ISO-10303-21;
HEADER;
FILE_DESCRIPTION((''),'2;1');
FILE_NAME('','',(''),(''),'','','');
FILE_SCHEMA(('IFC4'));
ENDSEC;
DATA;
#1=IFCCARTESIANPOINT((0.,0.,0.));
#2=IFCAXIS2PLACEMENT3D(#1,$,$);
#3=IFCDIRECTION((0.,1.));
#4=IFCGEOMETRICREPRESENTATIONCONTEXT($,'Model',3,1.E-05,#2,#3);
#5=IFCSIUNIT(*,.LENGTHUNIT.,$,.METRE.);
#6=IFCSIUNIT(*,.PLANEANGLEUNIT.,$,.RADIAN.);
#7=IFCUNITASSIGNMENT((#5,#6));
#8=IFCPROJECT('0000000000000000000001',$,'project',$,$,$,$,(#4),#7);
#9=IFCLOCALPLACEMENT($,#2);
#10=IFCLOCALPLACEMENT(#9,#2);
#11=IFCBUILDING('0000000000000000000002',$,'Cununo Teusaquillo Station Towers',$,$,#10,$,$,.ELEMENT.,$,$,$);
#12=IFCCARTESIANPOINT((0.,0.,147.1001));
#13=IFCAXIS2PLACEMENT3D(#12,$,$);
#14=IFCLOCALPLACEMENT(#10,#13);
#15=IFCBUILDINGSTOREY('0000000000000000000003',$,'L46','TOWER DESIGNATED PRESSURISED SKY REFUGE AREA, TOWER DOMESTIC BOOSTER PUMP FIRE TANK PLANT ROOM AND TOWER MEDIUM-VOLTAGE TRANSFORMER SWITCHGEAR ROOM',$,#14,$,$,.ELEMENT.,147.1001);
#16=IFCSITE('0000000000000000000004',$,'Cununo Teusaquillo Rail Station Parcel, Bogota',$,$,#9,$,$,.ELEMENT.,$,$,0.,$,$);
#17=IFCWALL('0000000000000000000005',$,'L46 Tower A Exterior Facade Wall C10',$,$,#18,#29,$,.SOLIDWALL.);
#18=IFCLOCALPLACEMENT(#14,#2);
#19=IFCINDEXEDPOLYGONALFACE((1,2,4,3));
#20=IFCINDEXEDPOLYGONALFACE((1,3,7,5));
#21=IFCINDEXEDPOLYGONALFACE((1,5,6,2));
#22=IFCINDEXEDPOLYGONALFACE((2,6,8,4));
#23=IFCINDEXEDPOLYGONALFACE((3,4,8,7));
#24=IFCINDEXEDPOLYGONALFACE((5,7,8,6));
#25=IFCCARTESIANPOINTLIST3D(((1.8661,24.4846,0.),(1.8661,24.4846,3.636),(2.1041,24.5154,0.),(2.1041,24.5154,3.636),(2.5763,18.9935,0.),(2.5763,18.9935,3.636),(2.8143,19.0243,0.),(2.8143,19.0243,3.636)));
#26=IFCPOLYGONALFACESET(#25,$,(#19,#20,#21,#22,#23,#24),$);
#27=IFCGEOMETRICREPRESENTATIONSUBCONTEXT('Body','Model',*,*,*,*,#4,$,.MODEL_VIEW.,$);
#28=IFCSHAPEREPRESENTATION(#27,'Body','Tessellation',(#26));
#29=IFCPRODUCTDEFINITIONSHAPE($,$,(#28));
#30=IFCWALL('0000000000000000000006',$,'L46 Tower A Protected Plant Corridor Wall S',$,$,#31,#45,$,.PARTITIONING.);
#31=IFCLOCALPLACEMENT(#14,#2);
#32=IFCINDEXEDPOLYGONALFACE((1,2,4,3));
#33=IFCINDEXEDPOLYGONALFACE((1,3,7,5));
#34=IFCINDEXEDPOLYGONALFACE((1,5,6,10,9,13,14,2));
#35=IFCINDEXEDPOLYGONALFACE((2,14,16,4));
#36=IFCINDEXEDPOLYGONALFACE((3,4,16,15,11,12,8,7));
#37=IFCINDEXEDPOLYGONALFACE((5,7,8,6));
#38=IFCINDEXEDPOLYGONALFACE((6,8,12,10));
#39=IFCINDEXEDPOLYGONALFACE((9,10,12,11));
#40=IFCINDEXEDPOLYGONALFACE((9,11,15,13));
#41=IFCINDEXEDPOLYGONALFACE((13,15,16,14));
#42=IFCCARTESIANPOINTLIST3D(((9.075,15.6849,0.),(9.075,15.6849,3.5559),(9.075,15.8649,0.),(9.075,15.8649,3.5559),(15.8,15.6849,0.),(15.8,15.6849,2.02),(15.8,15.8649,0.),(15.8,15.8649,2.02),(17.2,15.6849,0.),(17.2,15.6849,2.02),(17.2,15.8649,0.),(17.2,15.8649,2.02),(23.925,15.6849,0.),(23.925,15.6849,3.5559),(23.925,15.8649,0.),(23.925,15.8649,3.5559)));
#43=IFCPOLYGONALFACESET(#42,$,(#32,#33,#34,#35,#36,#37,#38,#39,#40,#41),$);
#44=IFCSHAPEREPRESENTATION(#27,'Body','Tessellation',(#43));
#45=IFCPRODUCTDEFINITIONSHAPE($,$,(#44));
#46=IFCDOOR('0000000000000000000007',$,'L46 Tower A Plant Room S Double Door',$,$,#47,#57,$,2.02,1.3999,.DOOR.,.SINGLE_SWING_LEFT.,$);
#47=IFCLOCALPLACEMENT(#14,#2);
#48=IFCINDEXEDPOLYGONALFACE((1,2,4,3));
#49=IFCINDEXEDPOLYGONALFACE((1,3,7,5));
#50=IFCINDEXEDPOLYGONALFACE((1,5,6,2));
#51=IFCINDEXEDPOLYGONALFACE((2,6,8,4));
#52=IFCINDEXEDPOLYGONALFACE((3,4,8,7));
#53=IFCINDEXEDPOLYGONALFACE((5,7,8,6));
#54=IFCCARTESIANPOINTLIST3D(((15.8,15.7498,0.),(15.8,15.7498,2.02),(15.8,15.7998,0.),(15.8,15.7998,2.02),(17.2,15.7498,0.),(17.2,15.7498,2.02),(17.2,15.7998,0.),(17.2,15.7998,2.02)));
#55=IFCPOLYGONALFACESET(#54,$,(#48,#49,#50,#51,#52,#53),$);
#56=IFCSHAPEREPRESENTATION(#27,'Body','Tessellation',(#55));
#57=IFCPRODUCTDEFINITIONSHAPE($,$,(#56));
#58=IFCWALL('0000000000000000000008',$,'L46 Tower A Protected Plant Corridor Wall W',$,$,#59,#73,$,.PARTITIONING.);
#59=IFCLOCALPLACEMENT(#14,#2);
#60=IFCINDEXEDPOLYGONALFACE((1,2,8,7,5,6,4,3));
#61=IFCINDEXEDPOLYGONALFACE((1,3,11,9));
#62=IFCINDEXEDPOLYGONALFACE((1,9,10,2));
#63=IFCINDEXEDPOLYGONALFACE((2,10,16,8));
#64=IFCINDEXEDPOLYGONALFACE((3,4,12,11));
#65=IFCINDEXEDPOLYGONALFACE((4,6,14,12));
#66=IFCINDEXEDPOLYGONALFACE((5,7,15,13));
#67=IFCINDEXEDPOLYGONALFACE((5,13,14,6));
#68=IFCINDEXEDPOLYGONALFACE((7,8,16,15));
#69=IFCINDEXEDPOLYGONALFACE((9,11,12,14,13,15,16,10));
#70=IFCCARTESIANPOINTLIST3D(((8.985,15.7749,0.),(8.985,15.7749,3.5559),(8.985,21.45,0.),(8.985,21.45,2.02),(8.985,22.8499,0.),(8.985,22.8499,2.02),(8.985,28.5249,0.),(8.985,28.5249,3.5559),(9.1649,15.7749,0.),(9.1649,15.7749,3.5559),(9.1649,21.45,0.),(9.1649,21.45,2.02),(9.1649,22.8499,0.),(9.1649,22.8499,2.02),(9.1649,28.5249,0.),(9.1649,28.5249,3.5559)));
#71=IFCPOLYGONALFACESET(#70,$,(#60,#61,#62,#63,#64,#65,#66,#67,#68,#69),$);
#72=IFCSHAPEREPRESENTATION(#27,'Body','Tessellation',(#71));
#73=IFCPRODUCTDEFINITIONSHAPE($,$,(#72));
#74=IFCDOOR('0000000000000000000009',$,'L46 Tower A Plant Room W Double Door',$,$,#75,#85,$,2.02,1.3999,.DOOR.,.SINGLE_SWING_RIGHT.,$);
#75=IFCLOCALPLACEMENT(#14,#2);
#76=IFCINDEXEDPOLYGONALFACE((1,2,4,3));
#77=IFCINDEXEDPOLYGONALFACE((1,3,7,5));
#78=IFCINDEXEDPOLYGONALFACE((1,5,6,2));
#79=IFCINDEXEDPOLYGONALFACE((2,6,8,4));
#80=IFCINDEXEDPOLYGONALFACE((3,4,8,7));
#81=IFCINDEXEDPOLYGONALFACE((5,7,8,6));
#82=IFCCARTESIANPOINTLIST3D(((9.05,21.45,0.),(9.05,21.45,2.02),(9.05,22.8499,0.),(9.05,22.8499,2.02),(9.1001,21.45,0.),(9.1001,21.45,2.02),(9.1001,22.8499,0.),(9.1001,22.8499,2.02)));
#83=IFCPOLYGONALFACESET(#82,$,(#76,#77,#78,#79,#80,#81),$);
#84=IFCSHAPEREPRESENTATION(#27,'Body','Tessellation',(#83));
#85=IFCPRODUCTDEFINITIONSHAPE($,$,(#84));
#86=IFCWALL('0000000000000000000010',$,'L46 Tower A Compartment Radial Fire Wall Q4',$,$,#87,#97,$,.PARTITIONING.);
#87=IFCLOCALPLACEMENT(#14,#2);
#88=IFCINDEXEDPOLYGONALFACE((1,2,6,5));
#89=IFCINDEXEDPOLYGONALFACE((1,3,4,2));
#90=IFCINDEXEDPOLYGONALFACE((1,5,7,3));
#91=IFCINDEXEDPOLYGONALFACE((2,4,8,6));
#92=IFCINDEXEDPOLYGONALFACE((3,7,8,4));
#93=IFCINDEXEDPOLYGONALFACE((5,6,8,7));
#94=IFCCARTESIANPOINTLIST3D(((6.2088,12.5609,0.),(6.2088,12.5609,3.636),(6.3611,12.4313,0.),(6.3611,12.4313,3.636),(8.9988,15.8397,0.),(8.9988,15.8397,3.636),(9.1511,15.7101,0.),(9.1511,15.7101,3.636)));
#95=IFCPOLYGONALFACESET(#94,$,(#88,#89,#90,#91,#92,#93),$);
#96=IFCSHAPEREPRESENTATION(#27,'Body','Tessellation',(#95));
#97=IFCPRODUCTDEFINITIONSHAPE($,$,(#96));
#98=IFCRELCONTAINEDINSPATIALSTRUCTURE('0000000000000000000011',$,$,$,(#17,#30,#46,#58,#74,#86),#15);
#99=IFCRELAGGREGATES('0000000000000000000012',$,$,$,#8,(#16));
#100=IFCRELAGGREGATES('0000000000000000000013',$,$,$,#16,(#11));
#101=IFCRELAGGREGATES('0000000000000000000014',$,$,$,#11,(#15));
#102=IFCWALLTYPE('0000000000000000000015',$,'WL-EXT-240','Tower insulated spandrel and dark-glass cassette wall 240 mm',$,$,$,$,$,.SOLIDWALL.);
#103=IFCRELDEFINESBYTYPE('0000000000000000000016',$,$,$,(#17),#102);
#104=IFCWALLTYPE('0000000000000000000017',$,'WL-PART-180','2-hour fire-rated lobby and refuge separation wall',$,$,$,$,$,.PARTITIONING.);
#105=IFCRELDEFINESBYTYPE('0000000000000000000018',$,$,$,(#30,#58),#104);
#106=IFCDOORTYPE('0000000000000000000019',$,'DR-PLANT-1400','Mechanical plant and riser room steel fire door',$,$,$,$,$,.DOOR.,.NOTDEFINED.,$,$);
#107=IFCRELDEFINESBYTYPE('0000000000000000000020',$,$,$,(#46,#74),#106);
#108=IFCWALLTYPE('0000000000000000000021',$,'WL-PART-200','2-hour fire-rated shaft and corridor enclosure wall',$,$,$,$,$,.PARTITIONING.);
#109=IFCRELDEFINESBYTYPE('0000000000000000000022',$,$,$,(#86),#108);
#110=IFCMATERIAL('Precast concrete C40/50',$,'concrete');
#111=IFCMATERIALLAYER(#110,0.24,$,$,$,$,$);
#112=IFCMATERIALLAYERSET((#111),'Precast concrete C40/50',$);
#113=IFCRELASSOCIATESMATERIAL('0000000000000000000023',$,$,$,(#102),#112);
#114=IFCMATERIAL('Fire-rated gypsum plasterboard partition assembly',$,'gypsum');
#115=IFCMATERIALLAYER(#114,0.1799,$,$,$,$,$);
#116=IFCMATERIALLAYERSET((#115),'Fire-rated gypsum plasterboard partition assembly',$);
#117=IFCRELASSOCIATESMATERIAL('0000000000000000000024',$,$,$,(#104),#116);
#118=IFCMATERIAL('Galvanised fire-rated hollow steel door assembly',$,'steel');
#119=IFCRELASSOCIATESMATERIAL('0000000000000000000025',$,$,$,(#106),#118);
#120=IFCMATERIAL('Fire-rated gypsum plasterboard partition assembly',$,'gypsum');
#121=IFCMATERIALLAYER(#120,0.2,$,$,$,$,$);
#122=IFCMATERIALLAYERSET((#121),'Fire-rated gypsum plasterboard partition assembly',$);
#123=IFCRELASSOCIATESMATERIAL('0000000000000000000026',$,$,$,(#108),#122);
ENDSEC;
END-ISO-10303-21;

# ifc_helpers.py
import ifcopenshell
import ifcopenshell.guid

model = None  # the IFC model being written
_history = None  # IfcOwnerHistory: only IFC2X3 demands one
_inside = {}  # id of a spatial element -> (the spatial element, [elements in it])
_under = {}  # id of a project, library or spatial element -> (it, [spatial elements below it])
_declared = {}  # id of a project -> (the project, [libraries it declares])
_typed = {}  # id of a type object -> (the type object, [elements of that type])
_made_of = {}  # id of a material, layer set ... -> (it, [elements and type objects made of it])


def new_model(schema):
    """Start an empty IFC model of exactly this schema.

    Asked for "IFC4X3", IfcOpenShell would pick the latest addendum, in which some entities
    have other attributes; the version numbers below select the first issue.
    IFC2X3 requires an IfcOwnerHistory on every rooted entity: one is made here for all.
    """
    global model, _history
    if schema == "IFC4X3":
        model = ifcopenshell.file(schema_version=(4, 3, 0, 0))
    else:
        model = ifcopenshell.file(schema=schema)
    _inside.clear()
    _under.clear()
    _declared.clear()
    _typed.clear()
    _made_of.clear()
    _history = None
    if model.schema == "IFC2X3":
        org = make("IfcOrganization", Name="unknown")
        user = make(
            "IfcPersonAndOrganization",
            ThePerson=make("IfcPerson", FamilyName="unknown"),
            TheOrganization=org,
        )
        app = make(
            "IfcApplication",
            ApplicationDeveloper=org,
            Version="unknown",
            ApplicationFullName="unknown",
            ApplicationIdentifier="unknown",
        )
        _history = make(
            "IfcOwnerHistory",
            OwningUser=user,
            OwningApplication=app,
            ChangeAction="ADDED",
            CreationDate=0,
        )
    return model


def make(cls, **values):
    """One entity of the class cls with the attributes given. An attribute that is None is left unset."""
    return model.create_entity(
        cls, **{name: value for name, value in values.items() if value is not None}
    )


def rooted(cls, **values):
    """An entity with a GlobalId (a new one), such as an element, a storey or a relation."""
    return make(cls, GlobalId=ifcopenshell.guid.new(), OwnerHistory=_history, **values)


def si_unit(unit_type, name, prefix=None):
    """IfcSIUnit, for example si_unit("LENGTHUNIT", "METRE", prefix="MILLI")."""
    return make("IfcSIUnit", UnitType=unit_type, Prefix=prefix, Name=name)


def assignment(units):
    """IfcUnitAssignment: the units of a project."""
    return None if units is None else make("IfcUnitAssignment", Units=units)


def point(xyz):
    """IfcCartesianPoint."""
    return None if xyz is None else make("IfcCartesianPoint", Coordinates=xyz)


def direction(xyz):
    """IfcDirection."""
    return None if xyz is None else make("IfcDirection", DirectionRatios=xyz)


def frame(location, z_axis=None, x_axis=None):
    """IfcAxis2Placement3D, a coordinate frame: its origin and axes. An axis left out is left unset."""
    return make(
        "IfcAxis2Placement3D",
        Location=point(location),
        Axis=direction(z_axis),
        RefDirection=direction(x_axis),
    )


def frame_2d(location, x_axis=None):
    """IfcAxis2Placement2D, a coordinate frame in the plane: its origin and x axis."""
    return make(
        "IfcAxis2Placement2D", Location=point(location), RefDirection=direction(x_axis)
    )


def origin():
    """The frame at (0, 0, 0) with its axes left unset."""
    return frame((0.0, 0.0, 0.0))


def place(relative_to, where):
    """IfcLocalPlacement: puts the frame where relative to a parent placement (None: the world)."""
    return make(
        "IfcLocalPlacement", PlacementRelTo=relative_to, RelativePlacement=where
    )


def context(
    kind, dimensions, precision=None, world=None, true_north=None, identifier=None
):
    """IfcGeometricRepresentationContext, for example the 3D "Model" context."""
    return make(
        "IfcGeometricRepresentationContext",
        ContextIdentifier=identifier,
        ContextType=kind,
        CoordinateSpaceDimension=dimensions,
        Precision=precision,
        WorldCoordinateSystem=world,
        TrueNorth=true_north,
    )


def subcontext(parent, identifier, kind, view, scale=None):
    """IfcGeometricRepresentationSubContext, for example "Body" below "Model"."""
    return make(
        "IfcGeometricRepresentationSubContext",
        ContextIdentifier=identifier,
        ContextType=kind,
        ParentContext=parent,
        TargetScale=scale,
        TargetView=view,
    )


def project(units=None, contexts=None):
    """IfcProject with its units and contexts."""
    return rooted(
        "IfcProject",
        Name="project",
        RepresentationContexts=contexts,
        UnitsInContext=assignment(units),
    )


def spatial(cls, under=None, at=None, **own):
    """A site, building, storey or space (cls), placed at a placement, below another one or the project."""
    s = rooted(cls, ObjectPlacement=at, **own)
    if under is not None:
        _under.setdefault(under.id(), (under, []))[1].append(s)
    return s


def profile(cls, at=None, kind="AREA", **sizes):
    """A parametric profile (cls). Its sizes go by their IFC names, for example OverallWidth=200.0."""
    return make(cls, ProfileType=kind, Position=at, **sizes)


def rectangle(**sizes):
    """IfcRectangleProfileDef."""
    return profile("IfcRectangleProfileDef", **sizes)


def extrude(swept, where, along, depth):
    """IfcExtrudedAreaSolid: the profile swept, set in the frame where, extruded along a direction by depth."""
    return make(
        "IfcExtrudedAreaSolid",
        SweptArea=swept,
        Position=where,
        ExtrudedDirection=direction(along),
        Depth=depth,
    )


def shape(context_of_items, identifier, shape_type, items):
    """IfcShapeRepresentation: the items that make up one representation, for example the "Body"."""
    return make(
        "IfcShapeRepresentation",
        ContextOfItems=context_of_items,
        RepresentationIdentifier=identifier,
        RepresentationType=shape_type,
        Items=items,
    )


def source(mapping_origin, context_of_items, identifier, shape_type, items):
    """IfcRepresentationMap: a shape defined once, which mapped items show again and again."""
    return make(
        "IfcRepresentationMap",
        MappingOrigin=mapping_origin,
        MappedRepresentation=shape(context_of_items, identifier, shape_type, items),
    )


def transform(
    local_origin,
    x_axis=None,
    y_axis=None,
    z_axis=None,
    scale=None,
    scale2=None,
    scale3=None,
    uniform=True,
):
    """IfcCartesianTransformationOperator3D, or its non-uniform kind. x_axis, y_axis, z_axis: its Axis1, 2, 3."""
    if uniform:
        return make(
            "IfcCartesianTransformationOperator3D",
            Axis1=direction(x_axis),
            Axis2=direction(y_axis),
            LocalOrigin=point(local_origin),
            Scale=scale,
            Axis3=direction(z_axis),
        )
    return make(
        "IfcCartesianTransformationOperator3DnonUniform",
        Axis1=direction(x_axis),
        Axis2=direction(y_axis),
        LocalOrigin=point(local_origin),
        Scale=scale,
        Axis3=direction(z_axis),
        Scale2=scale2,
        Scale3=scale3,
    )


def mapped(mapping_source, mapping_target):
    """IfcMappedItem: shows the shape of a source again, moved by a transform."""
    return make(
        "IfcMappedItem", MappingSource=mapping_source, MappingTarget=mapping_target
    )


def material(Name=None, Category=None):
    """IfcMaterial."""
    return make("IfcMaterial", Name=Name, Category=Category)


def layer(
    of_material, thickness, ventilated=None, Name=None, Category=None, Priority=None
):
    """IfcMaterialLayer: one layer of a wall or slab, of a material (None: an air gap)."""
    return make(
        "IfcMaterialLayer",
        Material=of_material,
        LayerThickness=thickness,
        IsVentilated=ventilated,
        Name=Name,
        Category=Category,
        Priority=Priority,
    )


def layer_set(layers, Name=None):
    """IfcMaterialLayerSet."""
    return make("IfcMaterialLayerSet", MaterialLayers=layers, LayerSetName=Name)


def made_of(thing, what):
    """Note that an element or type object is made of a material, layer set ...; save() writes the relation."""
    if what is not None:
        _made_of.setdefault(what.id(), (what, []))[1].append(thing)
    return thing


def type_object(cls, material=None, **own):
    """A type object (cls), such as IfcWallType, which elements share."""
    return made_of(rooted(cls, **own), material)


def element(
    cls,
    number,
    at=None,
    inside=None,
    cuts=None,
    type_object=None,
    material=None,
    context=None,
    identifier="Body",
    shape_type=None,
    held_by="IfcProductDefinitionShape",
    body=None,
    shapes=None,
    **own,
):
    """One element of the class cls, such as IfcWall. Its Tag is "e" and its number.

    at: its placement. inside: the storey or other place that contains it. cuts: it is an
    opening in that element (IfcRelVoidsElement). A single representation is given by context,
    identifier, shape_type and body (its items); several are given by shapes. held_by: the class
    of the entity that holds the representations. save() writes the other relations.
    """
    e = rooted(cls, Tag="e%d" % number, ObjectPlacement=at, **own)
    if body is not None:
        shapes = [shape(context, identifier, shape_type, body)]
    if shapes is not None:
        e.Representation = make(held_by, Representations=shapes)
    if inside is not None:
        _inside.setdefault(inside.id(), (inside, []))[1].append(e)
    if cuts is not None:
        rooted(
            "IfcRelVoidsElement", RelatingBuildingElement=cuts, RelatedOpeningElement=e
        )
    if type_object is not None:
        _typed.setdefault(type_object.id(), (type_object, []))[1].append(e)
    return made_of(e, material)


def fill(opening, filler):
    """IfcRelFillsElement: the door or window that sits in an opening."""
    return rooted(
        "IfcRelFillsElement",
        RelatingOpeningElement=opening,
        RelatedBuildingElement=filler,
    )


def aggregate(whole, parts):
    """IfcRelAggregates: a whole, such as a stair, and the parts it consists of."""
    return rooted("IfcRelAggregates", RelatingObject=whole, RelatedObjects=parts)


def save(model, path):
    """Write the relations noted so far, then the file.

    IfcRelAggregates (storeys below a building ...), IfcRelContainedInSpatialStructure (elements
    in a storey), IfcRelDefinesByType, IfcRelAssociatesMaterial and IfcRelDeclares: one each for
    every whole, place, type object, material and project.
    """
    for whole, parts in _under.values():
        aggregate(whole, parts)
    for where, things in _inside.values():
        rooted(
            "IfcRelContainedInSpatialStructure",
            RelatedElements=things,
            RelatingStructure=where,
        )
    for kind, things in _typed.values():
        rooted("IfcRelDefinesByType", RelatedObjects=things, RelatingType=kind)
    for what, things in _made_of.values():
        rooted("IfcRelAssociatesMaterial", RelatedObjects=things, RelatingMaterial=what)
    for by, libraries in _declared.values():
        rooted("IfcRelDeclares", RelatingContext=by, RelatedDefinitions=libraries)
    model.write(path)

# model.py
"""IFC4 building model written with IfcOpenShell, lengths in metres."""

from ifc_helpers import new_model, si_unit, direction, frame, frame_2d, origin, place, context, subcontext, project, spatial, rectangle, extrude, source, transform, mapped, material, layer, layer_set, type_object, element, fill, save


model = new_model("IFC4")

# Units and contexts
model_context = context("Model", 3, precision=1e-05, world=origin(), true_north=direction((0.0, 1.0)))
body_context = subcontext(model_context, "Body", "Model", "MODEL_VIEW")
ifc_project = project(units=[si_unit("LENGTHUNIT", "METRE"), si_unit("PLANEANGLEUNIT", "RADIAN")], contexts=[model_context])

# Site, building, storey
site_placement = place(None, origin())
site = spatial("IfcSite", under=ifc_project, at=site_placement, Name="Cununo Teusaquillo Rail Station Parcel, Bogota", CompositionType="ELEMENT", RefElevation=0.0)
building_placement = place(site_placement, origin())
building = spatial("IfcBuilding", under=site, at=building_placement, Name="Cununo Teusaquillo Station Towers", CompositionType="ELEMENT")
storey_placement = place(building_placement, frame((0.0, 0.0, 147.1001)))
storey = spatial("IfcBuildingStorey", under=building, at=storey_placement, Name="L46", Description="TOWER DESIGNATED PRESSURISED SKY REFUGE AREA, TOWER DOMESTIC BOOSTER PUMP FIRE TANK PLANT ROOM AND TOWER MEDIUM-VOLTAGE TRANSFORMER SWITCHGEAR ROOM", CompositionType="ELEMENT", Elevation=147.1001)

# Wall
ifc_material_1 = material(Name="Precast concrete C40/50", Category="concrete")
ifc_layer_1 = layer(ifc_material_1, 0.24)
ifc_layer_set_1 = layer_set([ifc_layer_1], Name="Precast concrete C40/50")
wall_type_1 = type_object("IfcWallType", Name="WL-EXT-240", Description="Tower insulated spandrel and dark-glass cassette wall 240 mm", PredefinedType="SOLIDWALL", material=ifc_layer_set_1)
wall_1_placement = place(storey_placement, frame((2.6953, 19.0088, 0.0), z_axis=(0.0, 0.0, 1.0), x_axis=(-0.128267, 0.99174, 0.0)))
element("IfcWall", 1, at=wall_1_placement, inside=storey, type_object=wall_type_1, Name="L46 Tower A Exterior Facade Wall C10", PredefinedType="SOLIDWALL", context=body_context, shape_type="SweptSolid", body=[
    extrude(rectangle(XDim=5.5369, YDim=0.24, at=frame_2d((2.7686, 0.0))), origin(), (0.0, 0.0, 1.0), 3.636),
])

# Walls, openings, doors
ifc_material_2 = material(Name="Fire-rated gypsum plasterboard partition assembly", Category="gypsum")
ifc_layer_2 = layer(ifc_material_2, 0.1799)
ifc_layer_set_2 = layer_set([ifc_layer_2], Name="Fire-rated gypsum plasterboard partition assembly")
wall_type_2 = type_object("IfcWallType", Name="WL-PART-180", Description="2-hour fire-rated lobby and refuge separation wall", PredefinedType="PARTITIONING", material=ifc_layer_set_2)
wall_2_placement = place(storey_placement, frame((9.075, 15.7749, 0.0), z_axis=(0.0, 0.0, 1.0), x_axis=(1.0, 0.0, 0.0)))
wall_2 = element("IfcWall", 2, at=wall_2_placement, inside=storey, type_object=wall_type_2, Name="L46 Tower A Protected Plant Corridor Wall S", PredefinedType="PARTITIONING", context=body_context, shape_type="SweptSolid", body=[
    extrude(rectangle(XDim=14.8501, YDim=0.1799, at=frame_2d((7.425, 0.0))), origin(), (0.0, 0.0, 1.0), 3.5559),
])
shared_shape_1 = source(origin(), body_context, "Body", "SweptSolid", [
    extrude(rectangle(XDim=1.3999, YDim=2.02, at=frame_2d((0.7, 1.01))), frame((0.0, 0.0999, 0.0), z_axis=(0.0, -1.0, 0.0), x_axis=(1.0, 0.0, 0.0)), (0.0, 0.0, 1.0), 0.2),
])
opening_1_placement = place(wall_2_placement, frame((6.7251, 0.0, 0.0)))
opening_1 = element("IfcOpeningElement", 3, at=opening_1_placement, cuts=wall_2, PredefinedType="OPENING", context=body_context, shape_type="MappedRepresentation", body=[
    mapped(shared_shape_1, transform((0.0, 0.0, 0.0), x_axis=(1.0, 0.0, 0.0), y_axis=(0.0, 1.0, 0.0), z_axis=(0.0, 0.0, 1.0), scale=1.0)),
])
ifc_material_3 = material(Name="Galvanised fire-rated hollow steel door assembly", Category="steel")
door_type_1 = type_object("IfcDoorType", Name="DR-PLANT-1400", Description="Mechanical plant and riser room steel fire door", OperationType="NOTDEFINED", PredefinedType="DOOR", material=ifc_material_3)
shared_shape_2 = source(origin(), body_context, "Body", "SweptSolid", [
    extrude(rectangle(XDim=1.3999, YDim=2.02, at=frame_2d((0.7, 1.01))), frame((0.0, 0.0249, 0.0), z_axis=(0.0, -1.0, 0.0), x_axis=(1.0, 0.0, 0.0)), (0.0, 0.0, 1.0), 0.05),
])
door_1_placement = place(opening_1_placement, origin())
door_1 = element("IfcDoor", 4, at=door_1_placement, inside=storey, type_object=door_type_1, Name="L46 Tower A Plant Room S Double Door", OperationType="SINGLE_SWING_LEFT", OverallHeight=2.02, OverallWidth=1.3999, PredefinedType="DOOR", context=body_context, shape_type="MappedRepresentation", body=[
    mapped(shared_shape_2, transform((0.0, 0.0, 0.0), x_axis=(1.0, 0.0, 0.0), y_axis=(0.0, 1.0, 0.0), z_axis=(0.0, 0.0, 1.0), scale=1.0)),
])
fill(opening_1, door_1)
wall_3_placement = place(storey_placement, frame((9.075, 15.7749, 0.0), z_axis=(0.0, 0.0, 1.0), x_axis=(0.0, 1.0, 0.0)))
wall_3 = element("IfcWall", 5, at=wall_3_placement, inside=storey, type_object=wall_type_2, Name="L46 Tower A Protected Plant Corridor Wall W", PredefinedType="PARTITIONING", context=body_context, shape_type="SweptSolid", body=[
    extrude(rectangle(XDim=12.75, YDim=0.1799, at=frame_2d((6.375, 0.0))), origin(), (0.0, 0.0, 1.0), 3.5559),
])
opening_2_placement = place(wall_3_placement, frame((5.675, 0.0, 0.0)))
opening_2 = element("IfcOpeningElement", 6, at=opening_2_placement, cuts=wall_3, PredefinedType="OPENING", context=body_context, shape_type="MappedRepresentation", body=[
    mapped(shared_shape_1, transform((0.0, 0.0, 0.0), x_axis=(1.0, 0.0, 0.0), y_axis=(0.0, 1.0, 0.0), z_axis=(0.0, 0.0, 1.0), scale=1.0)),
])
door_2_placement = place(opening_2_placement, origin())
door_2 = element("IfcDoor", 7, at=door_2_placement, inside=storey, type_object=door_type_1, Name="L46 Tower A Plant Room W Double Door", OperationType="SINGLE_SWING_RIGHT", OverallHeight=2.02, OverallWidth=1.3999, PredefinedType="DOOR", context=body_context, shape_type="MappedRepresentation", body=[
    mapped(shared_shape_2, transform((0.0, 0.0, 0.0), x_axis=(1.0, 0.0, 0.0), y_axis=(0.0, 1.0, 0.0), z_axis=(0.0, 0.0, 1.0), scale=1.0)),
])
fill(opening_2, door_2)

# Wall
ifc_material_4 = material(Name="Fire-rated gypsum plasterboard partition assembly", Category="gypsum")
ifc_layer_3 = layer(ifc_material_4, 0.2)
ifc_layer_set_3 = layer_set([ifc_layer_3], Name="Fire-rated gypsum plasterboard partition assembly")
wall_type_3 = type_object("IfcWallType", Name="WL-PART-200", Description="2-hour fire-rated shaft and corridor enclosure wall", PredefinedType="PARTITIONING", material=ifc_layer_set_3)
wall_4_placement = place(storey_placement, frame((9.075, 15.7749, 0.0), z_axis=(0.0, 0.0, 1.0), x_axis=(-0.64806, -0.761589, 0.0)))
element("IfcWall", 8, at=wall_4_placement, inside=storey, type_object=wall_type_3, Name="L46 Tower A Compartment Radial Fire Wall Q4", PredefinedType="PARTITIONING", context=body_context, shape_type="SweptSolid", body=[
    extrude(rectangle(XDim=4.3052, YDim=0.2, at=frame_2d((2.1526, 0.0))), origin(), (0.0, 0.0, 1.0), 3.636),
])

save(model, "model.ifc")
